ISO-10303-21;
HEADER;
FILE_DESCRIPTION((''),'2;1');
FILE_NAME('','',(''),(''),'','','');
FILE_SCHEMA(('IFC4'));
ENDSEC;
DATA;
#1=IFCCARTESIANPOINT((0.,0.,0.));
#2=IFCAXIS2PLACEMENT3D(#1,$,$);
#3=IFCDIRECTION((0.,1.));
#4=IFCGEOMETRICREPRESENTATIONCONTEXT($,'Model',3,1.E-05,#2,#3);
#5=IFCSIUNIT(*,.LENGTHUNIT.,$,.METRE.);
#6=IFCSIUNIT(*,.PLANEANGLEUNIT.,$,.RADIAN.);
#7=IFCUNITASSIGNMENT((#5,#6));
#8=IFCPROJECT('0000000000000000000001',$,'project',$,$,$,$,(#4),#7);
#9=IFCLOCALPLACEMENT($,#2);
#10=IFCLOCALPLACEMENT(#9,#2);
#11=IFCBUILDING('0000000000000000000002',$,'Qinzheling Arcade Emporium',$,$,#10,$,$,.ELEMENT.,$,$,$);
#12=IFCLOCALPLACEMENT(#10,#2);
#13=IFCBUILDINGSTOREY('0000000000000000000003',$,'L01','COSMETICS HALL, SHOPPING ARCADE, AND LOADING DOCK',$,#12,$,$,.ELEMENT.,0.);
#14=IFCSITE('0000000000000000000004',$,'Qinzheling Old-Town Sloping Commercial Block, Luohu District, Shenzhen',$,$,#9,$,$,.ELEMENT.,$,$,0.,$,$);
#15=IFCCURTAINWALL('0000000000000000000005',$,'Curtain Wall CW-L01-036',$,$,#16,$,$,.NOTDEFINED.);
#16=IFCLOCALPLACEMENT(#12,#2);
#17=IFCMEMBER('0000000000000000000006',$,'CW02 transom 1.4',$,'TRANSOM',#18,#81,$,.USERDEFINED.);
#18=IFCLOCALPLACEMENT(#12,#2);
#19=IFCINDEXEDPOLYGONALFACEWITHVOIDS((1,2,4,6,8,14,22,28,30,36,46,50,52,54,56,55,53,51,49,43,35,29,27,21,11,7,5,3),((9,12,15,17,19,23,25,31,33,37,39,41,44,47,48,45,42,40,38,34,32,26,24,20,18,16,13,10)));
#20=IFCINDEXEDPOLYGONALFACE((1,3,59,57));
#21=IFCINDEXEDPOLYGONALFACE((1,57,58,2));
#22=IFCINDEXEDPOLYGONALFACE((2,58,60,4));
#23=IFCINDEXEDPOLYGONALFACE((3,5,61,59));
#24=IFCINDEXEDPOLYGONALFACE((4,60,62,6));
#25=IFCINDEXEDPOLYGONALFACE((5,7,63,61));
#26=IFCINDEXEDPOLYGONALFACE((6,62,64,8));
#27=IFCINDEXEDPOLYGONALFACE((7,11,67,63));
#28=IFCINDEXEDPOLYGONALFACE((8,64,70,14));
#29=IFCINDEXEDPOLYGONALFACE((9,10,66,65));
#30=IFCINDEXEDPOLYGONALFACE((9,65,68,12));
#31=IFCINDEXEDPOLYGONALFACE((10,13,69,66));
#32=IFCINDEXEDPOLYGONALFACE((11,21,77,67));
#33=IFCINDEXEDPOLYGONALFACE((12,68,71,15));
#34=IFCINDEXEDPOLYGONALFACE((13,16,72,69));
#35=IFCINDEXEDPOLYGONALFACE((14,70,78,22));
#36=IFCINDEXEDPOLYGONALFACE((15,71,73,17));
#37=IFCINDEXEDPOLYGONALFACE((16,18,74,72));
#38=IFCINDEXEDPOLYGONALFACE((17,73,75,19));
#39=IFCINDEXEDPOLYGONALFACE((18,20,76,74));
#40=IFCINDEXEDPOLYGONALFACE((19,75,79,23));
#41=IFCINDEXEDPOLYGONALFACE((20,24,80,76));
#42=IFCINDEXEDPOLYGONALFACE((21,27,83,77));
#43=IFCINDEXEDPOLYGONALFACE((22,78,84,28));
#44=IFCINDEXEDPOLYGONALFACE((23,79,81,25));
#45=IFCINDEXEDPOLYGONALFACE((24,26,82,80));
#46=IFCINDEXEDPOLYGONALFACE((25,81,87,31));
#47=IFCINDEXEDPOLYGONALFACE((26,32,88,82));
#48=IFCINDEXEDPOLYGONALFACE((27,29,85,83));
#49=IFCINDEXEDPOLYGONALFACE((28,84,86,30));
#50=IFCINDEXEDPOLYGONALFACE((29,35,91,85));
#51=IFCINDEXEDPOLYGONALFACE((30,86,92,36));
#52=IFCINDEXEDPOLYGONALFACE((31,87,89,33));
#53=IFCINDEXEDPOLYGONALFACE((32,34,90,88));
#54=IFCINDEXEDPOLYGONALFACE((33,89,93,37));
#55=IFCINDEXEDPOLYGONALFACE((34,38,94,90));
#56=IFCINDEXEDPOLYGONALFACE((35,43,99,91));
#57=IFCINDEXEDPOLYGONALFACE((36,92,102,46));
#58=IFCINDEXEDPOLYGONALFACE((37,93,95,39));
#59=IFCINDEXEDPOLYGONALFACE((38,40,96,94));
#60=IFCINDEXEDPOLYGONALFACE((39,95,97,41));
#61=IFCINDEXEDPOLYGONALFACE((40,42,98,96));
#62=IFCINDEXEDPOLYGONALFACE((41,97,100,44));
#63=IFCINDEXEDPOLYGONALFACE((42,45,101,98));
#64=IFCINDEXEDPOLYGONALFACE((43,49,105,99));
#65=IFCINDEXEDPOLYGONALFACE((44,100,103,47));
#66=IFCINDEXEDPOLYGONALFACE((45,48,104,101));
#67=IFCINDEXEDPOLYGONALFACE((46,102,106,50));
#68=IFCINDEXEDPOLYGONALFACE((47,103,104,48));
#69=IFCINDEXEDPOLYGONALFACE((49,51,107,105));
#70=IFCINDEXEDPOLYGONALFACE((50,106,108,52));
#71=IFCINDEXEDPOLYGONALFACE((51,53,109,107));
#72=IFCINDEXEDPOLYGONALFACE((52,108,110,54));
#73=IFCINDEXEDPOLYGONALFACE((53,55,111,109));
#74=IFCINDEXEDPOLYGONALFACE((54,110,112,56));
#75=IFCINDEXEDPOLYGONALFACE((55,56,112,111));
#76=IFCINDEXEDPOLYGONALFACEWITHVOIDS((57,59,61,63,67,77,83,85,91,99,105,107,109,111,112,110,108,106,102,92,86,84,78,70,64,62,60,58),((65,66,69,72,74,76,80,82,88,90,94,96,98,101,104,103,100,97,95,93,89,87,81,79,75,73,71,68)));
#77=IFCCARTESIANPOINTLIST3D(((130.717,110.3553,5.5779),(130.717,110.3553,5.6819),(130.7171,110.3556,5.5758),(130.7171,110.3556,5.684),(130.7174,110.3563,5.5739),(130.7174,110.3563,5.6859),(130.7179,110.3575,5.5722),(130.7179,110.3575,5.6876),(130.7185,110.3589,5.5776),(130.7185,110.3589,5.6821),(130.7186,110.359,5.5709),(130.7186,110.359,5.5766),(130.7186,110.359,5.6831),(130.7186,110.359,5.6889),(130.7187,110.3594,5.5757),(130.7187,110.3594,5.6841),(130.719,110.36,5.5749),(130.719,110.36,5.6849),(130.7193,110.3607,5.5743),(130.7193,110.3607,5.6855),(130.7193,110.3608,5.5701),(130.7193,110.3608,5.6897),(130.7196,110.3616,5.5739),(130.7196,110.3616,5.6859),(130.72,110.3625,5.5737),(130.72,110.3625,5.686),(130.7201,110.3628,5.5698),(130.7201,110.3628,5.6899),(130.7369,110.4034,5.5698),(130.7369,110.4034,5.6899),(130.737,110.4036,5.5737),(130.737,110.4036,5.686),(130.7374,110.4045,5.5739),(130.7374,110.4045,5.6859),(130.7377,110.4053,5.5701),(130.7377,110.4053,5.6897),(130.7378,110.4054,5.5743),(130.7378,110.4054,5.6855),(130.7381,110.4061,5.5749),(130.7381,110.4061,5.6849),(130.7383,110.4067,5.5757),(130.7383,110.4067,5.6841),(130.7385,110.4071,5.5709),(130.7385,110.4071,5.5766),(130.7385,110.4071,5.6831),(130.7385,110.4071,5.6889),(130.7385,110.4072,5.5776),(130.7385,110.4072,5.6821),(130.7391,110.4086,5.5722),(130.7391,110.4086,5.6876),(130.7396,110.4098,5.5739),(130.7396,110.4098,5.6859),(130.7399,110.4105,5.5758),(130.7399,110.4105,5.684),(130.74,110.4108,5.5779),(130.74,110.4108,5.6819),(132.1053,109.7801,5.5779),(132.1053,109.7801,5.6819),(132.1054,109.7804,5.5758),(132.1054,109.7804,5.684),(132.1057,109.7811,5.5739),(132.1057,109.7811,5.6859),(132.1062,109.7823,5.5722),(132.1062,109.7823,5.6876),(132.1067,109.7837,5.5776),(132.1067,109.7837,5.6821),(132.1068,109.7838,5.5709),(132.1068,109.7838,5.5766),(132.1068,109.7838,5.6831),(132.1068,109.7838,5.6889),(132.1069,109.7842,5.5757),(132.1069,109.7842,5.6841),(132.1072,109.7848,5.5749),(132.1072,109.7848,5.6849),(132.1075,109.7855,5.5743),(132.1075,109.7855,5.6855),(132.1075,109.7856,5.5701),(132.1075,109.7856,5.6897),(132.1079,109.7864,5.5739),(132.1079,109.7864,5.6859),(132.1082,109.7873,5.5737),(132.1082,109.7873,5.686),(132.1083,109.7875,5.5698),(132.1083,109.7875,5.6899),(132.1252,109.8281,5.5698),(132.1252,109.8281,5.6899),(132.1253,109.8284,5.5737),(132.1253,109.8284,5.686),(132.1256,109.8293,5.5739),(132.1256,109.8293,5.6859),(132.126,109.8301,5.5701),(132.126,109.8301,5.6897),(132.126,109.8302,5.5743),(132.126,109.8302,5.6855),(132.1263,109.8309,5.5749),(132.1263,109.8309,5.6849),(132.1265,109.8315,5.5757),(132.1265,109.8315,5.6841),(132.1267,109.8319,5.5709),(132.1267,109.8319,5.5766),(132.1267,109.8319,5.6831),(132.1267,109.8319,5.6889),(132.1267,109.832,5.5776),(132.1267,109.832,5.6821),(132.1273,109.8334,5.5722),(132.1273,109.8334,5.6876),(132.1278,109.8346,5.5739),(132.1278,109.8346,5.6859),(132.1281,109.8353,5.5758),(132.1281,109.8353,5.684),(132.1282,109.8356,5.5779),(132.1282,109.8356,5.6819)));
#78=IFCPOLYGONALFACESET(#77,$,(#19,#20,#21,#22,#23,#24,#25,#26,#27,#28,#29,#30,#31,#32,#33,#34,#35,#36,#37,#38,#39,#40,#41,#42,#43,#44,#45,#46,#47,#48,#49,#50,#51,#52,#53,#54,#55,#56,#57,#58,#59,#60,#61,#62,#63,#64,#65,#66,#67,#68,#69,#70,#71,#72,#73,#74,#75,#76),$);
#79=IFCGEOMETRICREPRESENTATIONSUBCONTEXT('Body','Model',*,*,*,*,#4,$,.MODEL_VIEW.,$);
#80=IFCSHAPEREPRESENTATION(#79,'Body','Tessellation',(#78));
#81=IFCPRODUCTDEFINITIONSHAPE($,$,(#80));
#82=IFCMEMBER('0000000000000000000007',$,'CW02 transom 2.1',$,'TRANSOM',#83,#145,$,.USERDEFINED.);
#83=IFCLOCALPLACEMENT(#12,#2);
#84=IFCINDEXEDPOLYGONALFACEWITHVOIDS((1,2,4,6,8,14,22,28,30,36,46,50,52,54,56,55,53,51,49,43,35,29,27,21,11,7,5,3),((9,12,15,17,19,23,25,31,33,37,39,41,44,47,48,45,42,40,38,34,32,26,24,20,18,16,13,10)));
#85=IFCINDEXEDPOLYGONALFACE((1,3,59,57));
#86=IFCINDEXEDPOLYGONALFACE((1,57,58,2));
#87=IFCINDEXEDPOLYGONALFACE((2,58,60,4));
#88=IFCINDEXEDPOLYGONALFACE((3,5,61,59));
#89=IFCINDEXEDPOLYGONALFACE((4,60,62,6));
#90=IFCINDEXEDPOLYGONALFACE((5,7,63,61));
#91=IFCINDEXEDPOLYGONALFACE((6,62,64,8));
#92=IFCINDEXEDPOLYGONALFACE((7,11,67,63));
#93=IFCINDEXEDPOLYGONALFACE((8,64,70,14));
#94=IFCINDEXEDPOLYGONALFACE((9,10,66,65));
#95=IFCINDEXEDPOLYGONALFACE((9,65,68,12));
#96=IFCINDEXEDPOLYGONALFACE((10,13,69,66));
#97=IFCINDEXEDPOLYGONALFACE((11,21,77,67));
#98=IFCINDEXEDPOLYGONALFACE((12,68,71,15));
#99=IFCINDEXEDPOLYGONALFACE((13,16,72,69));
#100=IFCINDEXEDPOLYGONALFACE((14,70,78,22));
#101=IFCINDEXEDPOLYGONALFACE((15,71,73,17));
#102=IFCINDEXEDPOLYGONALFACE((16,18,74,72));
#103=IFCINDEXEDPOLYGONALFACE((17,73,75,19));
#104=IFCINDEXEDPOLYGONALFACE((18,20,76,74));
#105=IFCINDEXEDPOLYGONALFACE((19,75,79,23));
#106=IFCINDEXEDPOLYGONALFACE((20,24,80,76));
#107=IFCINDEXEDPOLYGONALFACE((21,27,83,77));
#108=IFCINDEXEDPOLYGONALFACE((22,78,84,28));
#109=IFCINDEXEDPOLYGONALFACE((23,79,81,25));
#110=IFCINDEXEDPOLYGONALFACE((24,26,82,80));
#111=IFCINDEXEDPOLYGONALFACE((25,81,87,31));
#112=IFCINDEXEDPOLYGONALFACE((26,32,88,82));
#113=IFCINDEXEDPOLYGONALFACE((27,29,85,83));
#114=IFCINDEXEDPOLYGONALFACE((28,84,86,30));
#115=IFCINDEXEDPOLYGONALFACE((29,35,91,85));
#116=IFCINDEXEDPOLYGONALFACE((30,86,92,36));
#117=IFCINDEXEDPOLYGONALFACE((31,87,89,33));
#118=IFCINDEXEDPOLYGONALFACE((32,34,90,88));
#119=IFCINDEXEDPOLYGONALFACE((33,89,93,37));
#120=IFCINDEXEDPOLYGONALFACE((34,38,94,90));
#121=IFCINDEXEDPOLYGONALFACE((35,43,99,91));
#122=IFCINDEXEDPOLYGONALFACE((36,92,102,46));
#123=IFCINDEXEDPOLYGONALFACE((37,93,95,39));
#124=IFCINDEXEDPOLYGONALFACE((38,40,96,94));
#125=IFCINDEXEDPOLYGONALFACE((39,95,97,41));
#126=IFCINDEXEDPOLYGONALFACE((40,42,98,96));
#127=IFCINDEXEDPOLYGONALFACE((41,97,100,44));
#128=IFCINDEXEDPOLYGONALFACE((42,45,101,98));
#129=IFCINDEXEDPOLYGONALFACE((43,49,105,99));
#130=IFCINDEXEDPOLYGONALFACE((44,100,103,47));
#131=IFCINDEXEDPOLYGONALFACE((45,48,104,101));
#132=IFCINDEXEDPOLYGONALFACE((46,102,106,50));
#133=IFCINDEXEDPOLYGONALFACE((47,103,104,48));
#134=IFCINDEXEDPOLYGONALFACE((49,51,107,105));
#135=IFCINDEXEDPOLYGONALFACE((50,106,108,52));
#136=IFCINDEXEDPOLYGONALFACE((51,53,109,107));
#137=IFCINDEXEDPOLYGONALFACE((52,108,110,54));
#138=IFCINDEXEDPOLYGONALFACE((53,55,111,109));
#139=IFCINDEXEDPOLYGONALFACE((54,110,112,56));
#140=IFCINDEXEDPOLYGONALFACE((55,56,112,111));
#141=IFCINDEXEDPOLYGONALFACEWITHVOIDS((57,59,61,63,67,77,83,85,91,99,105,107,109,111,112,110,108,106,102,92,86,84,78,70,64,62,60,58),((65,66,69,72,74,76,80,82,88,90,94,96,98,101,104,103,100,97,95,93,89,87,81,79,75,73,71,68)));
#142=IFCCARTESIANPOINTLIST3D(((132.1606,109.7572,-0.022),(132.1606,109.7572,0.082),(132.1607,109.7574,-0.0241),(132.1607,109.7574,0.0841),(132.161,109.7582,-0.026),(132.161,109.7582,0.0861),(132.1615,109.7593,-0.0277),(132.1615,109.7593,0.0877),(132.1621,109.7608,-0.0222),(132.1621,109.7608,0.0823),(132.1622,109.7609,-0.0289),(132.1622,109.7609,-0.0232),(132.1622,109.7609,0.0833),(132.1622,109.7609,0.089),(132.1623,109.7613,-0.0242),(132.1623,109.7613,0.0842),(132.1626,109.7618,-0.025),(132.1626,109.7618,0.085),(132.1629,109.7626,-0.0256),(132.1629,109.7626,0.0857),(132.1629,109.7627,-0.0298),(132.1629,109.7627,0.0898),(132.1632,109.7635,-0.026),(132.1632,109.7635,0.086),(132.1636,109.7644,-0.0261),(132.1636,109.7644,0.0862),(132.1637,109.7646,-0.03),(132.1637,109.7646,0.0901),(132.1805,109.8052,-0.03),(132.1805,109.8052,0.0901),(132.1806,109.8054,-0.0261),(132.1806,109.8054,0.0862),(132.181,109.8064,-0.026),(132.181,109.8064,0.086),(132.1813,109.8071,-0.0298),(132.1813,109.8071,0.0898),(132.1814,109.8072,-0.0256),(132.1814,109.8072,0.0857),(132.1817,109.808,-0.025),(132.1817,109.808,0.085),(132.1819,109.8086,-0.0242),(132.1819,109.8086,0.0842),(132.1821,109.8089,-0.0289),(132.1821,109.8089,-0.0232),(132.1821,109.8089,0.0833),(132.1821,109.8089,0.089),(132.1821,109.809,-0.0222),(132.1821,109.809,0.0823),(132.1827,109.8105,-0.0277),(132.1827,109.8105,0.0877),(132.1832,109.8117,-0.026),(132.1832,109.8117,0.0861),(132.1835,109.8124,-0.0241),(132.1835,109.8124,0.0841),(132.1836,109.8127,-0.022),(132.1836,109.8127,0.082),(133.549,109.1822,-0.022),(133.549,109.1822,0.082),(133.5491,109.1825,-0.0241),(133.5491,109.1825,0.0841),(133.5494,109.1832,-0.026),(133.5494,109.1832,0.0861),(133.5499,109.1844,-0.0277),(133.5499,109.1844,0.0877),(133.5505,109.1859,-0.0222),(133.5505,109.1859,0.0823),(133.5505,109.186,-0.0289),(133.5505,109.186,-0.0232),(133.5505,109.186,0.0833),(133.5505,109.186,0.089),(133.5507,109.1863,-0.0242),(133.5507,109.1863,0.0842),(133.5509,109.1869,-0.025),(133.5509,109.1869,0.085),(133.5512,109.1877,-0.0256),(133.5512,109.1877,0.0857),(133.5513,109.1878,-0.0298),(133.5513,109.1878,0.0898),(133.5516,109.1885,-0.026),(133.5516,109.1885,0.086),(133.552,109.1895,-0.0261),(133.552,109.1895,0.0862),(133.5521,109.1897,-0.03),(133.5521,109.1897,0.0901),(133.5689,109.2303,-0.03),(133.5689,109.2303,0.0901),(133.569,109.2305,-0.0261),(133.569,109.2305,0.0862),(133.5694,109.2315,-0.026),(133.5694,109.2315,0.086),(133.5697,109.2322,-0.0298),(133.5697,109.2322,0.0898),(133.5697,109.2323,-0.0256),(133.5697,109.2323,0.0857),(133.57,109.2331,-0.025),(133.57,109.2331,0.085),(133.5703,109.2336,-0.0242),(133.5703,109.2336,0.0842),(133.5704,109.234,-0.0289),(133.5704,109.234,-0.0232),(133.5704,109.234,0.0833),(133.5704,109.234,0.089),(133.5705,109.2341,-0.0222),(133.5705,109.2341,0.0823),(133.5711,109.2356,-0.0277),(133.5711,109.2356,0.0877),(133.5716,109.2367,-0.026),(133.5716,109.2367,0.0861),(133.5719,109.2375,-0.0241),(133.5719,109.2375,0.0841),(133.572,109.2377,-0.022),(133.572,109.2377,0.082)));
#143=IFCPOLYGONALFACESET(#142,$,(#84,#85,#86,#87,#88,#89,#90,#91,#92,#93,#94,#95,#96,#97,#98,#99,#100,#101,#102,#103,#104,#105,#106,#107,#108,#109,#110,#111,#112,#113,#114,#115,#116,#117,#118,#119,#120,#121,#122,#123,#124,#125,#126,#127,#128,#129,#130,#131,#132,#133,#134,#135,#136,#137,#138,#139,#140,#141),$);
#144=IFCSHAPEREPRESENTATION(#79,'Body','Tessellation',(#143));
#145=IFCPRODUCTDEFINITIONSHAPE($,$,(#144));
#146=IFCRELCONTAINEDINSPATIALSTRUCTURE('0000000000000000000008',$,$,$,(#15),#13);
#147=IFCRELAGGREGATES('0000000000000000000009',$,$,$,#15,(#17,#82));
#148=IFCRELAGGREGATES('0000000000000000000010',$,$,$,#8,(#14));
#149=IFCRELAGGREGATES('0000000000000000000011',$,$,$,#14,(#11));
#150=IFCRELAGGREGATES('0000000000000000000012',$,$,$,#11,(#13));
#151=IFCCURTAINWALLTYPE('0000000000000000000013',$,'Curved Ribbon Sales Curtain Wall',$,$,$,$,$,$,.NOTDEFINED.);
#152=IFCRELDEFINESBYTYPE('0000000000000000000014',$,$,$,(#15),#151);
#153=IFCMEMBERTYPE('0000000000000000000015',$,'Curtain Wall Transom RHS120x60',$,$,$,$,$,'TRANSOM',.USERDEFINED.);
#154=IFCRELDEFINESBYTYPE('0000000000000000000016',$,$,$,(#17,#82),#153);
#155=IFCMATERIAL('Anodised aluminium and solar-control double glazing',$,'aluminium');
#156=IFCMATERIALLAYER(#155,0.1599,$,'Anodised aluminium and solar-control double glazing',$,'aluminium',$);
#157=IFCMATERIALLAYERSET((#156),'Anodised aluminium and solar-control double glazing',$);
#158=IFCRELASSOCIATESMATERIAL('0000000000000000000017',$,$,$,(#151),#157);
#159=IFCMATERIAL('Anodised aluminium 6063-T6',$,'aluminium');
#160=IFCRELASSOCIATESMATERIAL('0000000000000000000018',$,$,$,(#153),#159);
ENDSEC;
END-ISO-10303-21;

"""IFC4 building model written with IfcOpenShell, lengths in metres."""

from ifc_helpers import new_model, si_unit, direction, frame, origin, origin_2d, place, context, subcontext, project, spatial, hollow_rectangle, extrude, material, layer, layer_set, material_profile, profile_set, type_object, element, aggregate, save


model = new_model("IFC4")

# Units and contexts
model_context = context("Model", 3, precision=1e-05, world=origin(), true_north=direction((0.0, 1.0)))
body_context = subcontext(model_context, "Body", "Model", "MODEL_VIEW")
ifc_project = project(units=[si_unit("LENGTHUNIT", "METRE"), si_unit("PLANEANGLEUNIT", "RADIAN")], contexts=[model_context])

# Site, building, storey
site_placement = place(None, origin())
site = spatial("IfcSite", under=ifc_project, at=site_placement, Name="Qinzheling Old-Town Sloping Commercial Block, Luohu District, Shenzhen", CompositionType="ELEMENT", RefElevation=0.0)
building_placement = place(site_placement, origin())
building = spatial("IfcBuilding", under=site, at=building_placement, Name="Qinzheling Arcade Emporium", CompositionType="ELEMENT")
storey_placement = place(building_placement, origin())
storey = spatial("IfcBuildingStorey", under=building, at=storey_placement, Name="L01", Description="COSMETICS HALL, SHOPPING ARCADE, AND LOADING DOCK", CompositionType="ELEMENT", Elevation=0.0)

# Curtain wall, members
ifc_material_1 = material(Name="Anodised aluminium and solar-control double glazing", Category="aluminium")
ifc_layer_1 = layer(ifc_material_1, 0.1599, Name="Anodised aluminium and solar-control double glazing", Category="aluminium")
ifc_layer_set_1 = layer_set([ifc_layer_1], Name="Anodised aluminium and solar-control double glazing")
curtain_wall_type = type_object("IfcCurtainWallType", Name="Curved Ribbon Sales Curtain Wall", PredefinedType="NOTDEFINED", material=ifc_layer_set_1)
curtain_wall_placement = place(storey_placement, origin())
curtain_wall = element("IfcCurtainWall", 1, at=curtain_wall_placement, inside=storey, type_object=curtain_wall_type, Name="Curtain Wall CW-L01-036", PredefinedType="NOTDEFINED")
ifc_material_2 = material(Name="Anodised aluminium 6063-T6", Category="aluminium")
ifc_material_profile_1 = material_profile(ifc_material_2, hollow_rectangle(XDim=0.0601, YDim=0.1201, WallThickness=0.0039, InnerFilletRadius=0.0039, OuterFilletRadius=0.0081, at=origin_2d()), Name="RHS 120x60x4", Category="aluminium")
ifc_profile_set_1 = profile_set([ifc_material_profile_1], Name="Anodised aluminium 6063-T6")
member_type_1 = type_object("IfcMemberType", Name="Curtain Wall Transom RHS120x60", ElementType="TRANSOM", PredefinedType="USERDEFINED", material=ifc_profile_set_1)
member_1_placement = place(storey_placement, frame((130.7285, 110.3831, 5.6299), z_axis=(0.923835, -0.382792, 0.0), x_axis=(0.382792, 0.923835, 0.0)))
member_1 = element("IfcMember", 2, at=member_1_placement, type_object=member_type_1, Name="CW02 transom 1.4", ObjectType="TRANSOM", PredefinedType="USERDEFINED", context=body_context, shape_type="SweptSolid", body=[
    extrude(hollow_rectangle(XDim=0.0601, YDim=0.1201, WallThickness=0.0039, InnerFilletRadius=0.0039, OuterFilletRadius=0.0081, at=origin_2d()), origin(), (0.0, 0.0, 1.0), 1.5027),
])
member_2_placement = place(storey_placement, frame((132.1721, 109.7849, 0.03), z_axis=(0.923916, -0.382596, 0.0), x_axis=(0.382596, 0.923916, 0.0)))
member_2 = element("IfcMember", 3, at=member_2_placement, type_object=member_type_1, Name="CW02 transom 2.1", ObjectType="TRANSOM", PredefinedType="USERDEFINED", context=body_context, shape_type="SweptSolid", body=[
    extrude(hollow_rectangle(XDim=0.0601, YDim=0.1201, WallThickness=0.0039, InnerFilletRadius=0.0039, OuterFilletRadius=0.0081, at=origin_2d()), origin(), (0.0, 0.0, 1.0), 1.5027),
])

aggregate(curtain_wall, [member_1, member_2])

save(model, "model.ifc")
